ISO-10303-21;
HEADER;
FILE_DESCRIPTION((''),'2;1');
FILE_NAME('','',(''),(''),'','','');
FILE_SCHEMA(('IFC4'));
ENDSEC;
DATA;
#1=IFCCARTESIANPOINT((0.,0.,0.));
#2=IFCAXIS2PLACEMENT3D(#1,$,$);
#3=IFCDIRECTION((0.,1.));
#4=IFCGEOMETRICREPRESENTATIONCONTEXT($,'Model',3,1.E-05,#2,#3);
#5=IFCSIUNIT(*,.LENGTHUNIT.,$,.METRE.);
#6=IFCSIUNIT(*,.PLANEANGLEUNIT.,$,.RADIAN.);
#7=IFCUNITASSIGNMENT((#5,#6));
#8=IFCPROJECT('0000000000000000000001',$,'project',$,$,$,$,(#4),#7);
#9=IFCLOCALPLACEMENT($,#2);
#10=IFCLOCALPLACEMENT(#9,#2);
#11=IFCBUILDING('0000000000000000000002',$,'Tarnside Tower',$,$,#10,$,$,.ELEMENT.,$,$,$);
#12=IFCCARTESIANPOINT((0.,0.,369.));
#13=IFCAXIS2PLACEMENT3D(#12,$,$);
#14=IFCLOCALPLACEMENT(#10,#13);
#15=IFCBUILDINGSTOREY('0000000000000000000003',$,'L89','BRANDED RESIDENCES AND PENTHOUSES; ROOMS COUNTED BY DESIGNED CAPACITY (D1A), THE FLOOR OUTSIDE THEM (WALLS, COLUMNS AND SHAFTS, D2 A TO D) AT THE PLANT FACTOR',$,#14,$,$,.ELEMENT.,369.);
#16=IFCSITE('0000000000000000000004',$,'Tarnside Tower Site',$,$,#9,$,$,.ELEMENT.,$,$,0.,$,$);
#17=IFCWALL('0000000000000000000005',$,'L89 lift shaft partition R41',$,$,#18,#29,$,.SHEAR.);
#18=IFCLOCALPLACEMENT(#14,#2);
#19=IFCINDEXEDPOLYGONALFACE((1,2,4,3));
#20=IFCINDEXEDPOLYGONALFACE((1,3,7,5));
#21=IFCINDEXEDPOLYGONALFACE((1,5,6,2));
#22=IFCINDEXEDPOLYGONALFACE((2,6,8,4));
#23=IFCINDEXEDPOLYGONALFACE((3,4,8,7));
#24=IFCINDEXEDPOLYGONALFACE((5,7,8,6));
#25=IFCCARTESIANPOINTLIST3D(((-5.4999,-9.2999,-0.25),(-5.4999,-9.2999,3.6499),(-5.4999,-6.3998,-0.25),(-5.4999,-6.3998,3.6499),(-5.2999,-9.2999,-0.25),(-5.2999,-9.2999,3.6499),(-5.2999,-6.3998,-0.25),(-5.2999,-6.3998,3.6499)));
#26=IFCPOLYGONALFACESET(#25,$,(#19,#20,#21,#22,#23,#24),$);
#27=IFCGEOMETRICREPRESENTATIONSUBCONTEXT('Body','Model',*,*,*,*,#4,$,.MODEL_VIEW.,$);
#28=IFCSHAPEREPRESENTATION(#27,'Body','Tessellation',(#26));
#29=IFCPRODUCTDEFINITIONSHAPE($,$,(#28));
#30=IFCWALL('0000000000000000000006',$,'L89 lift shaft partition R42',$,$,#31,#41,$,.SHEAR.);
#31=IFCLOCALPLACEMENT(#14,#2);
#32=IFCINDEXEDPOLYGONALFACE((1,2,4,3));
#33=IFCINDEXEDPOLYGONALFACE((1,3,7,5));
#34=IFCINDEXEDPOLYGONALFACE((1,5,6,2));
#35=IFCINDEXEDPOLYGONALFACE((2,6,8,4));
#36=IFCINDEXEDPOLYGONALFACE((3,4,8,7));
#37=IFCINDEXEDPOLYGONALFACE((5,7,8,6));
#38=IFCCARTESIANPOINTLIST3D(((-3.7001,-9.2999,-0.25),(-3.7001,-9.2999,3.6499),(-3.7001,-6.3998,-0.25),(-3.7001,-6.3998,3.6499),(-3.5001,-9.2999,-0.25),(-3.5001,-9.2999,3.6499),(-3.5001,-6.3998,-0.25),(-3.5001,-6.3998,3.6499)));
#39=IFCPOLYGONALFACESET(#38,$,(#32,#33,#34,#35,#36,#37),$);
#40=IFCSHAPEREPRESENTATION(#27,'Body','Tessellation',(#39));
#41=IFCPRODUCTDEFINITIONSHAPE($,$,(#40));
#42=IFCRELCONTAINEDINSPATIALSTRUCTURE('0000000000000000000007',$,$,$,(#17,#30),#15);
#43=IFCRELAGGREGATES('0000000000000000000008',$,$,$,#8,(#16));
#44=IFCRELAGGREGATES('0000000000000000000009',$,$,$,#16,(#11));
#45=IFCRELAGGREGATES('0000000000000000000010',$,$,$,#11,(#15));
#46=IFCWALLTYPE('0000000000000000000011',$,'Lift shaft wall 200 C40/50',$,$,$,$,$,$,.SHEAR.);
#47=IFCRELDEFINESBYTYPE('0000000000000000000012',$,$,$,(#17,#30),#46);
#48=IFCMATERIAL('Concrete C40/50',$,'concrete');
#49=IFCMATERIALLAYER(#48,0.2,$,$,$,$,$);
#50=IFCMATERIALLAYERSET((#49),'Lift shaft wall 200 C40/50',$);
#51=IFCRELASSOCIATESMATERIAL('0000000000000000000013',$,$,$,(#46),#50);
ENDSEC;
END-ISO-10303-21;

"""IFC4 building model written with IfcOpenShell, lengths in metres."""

from ifc_helpers import new_model, si_unit, direction, frame, frame_2d, origin, place, context, subcontext, project, spatial, rectangle, extrude, material, layer, layer_set, type_object, element, save


model = new_model("IFC4")

# Units and contexts
model_context = context("Model", 3, precision=1e-05, world=origin(), true_north=direction((0.0, 1.0)))
body_context = subcontext(model_context, "Body", "Model", "MODEL_VIEW")
ifc_project = project(units=[si_unit("LENGTHUNIT", "METRE"), si_unit("PLANEANGLEUNIT", "RADIAN")], contexts=[model_context])

# Site, building, storey
site_placement = place(None, origin())
site = spatial("IfcSite", under=ifc_project, at=site_placement, Name="Tarnside Tower Site", CompositionType="ELEMENT", RefElevation=0.0)
building_placement = place(site_placement, origin())
building = spatial("IfcBuilding", under=site, at=building_placement, Name="Tarnside Tower", CompositionType="ELEMENT")
storey_placement = place(building_placement, frame((0.0, 0.0, 369.0)))
storey = spatial("IfcBuildingStorey", under=building, at=storey_placement, Name="L89", Description="BRANDED RESIDENCES AND PENTHOUSES; ROOMS COUNTED BY DESIGNED CAPACITY (D1A), THE FLOOR OUTSIDE THEM (WALLS, COLUMNS AND SHAFTS, D2 A TO D) AT THE PLANT FACTOR", CompositionType="ELEMENT", Elevation=369.0)

# Walls
ifc_material_1 = material(Name="Concrete C40/50", Category="concrete")
ifc_layer_1 = layer(ifc_material_1, 0.2)
ifc_layer_set_1 = layer_set([ifc_layer_1], Name="Lift shaft wall 200 C40/50")
wall_type_1 = type_object("IfcWallType", Name="Lift shaft wall 200 C40/50", PredefinedType="SHEAR", material=ifc_layer_set_1)
for number, where, z_axis, x_axis, name in (
    (1, (-5.3999, -9.3, -0.25), (0.0, 0.0, 1.0), (0.0, 1.0, 0.0), "L89 lift shaft partition R41"),
    (2, (-3.6001, -9.3, -0.25), (0.0, 0.0, 1.0), (0.0, 1.0, 0.0), "L89 lift shaft partition R42"),
):
    element("IfcWall", number, at=place(storey_placement, frame(where, z_axis=z_axis, x_axis=x_axis)), inside=storey, type_object=wall_type_1, Name=name, PredefinedType="SHEAR", context=body_context, shape_type="SweptSolid", body=[
        extrude(rectangle(XDim=2.9001, YDim=0.2, at=frame_2d((1.4502, 0.0))), origin(), (0.0, 0.0, 1.0), 3.8999),
    ])

save(model, "model.ifc")
